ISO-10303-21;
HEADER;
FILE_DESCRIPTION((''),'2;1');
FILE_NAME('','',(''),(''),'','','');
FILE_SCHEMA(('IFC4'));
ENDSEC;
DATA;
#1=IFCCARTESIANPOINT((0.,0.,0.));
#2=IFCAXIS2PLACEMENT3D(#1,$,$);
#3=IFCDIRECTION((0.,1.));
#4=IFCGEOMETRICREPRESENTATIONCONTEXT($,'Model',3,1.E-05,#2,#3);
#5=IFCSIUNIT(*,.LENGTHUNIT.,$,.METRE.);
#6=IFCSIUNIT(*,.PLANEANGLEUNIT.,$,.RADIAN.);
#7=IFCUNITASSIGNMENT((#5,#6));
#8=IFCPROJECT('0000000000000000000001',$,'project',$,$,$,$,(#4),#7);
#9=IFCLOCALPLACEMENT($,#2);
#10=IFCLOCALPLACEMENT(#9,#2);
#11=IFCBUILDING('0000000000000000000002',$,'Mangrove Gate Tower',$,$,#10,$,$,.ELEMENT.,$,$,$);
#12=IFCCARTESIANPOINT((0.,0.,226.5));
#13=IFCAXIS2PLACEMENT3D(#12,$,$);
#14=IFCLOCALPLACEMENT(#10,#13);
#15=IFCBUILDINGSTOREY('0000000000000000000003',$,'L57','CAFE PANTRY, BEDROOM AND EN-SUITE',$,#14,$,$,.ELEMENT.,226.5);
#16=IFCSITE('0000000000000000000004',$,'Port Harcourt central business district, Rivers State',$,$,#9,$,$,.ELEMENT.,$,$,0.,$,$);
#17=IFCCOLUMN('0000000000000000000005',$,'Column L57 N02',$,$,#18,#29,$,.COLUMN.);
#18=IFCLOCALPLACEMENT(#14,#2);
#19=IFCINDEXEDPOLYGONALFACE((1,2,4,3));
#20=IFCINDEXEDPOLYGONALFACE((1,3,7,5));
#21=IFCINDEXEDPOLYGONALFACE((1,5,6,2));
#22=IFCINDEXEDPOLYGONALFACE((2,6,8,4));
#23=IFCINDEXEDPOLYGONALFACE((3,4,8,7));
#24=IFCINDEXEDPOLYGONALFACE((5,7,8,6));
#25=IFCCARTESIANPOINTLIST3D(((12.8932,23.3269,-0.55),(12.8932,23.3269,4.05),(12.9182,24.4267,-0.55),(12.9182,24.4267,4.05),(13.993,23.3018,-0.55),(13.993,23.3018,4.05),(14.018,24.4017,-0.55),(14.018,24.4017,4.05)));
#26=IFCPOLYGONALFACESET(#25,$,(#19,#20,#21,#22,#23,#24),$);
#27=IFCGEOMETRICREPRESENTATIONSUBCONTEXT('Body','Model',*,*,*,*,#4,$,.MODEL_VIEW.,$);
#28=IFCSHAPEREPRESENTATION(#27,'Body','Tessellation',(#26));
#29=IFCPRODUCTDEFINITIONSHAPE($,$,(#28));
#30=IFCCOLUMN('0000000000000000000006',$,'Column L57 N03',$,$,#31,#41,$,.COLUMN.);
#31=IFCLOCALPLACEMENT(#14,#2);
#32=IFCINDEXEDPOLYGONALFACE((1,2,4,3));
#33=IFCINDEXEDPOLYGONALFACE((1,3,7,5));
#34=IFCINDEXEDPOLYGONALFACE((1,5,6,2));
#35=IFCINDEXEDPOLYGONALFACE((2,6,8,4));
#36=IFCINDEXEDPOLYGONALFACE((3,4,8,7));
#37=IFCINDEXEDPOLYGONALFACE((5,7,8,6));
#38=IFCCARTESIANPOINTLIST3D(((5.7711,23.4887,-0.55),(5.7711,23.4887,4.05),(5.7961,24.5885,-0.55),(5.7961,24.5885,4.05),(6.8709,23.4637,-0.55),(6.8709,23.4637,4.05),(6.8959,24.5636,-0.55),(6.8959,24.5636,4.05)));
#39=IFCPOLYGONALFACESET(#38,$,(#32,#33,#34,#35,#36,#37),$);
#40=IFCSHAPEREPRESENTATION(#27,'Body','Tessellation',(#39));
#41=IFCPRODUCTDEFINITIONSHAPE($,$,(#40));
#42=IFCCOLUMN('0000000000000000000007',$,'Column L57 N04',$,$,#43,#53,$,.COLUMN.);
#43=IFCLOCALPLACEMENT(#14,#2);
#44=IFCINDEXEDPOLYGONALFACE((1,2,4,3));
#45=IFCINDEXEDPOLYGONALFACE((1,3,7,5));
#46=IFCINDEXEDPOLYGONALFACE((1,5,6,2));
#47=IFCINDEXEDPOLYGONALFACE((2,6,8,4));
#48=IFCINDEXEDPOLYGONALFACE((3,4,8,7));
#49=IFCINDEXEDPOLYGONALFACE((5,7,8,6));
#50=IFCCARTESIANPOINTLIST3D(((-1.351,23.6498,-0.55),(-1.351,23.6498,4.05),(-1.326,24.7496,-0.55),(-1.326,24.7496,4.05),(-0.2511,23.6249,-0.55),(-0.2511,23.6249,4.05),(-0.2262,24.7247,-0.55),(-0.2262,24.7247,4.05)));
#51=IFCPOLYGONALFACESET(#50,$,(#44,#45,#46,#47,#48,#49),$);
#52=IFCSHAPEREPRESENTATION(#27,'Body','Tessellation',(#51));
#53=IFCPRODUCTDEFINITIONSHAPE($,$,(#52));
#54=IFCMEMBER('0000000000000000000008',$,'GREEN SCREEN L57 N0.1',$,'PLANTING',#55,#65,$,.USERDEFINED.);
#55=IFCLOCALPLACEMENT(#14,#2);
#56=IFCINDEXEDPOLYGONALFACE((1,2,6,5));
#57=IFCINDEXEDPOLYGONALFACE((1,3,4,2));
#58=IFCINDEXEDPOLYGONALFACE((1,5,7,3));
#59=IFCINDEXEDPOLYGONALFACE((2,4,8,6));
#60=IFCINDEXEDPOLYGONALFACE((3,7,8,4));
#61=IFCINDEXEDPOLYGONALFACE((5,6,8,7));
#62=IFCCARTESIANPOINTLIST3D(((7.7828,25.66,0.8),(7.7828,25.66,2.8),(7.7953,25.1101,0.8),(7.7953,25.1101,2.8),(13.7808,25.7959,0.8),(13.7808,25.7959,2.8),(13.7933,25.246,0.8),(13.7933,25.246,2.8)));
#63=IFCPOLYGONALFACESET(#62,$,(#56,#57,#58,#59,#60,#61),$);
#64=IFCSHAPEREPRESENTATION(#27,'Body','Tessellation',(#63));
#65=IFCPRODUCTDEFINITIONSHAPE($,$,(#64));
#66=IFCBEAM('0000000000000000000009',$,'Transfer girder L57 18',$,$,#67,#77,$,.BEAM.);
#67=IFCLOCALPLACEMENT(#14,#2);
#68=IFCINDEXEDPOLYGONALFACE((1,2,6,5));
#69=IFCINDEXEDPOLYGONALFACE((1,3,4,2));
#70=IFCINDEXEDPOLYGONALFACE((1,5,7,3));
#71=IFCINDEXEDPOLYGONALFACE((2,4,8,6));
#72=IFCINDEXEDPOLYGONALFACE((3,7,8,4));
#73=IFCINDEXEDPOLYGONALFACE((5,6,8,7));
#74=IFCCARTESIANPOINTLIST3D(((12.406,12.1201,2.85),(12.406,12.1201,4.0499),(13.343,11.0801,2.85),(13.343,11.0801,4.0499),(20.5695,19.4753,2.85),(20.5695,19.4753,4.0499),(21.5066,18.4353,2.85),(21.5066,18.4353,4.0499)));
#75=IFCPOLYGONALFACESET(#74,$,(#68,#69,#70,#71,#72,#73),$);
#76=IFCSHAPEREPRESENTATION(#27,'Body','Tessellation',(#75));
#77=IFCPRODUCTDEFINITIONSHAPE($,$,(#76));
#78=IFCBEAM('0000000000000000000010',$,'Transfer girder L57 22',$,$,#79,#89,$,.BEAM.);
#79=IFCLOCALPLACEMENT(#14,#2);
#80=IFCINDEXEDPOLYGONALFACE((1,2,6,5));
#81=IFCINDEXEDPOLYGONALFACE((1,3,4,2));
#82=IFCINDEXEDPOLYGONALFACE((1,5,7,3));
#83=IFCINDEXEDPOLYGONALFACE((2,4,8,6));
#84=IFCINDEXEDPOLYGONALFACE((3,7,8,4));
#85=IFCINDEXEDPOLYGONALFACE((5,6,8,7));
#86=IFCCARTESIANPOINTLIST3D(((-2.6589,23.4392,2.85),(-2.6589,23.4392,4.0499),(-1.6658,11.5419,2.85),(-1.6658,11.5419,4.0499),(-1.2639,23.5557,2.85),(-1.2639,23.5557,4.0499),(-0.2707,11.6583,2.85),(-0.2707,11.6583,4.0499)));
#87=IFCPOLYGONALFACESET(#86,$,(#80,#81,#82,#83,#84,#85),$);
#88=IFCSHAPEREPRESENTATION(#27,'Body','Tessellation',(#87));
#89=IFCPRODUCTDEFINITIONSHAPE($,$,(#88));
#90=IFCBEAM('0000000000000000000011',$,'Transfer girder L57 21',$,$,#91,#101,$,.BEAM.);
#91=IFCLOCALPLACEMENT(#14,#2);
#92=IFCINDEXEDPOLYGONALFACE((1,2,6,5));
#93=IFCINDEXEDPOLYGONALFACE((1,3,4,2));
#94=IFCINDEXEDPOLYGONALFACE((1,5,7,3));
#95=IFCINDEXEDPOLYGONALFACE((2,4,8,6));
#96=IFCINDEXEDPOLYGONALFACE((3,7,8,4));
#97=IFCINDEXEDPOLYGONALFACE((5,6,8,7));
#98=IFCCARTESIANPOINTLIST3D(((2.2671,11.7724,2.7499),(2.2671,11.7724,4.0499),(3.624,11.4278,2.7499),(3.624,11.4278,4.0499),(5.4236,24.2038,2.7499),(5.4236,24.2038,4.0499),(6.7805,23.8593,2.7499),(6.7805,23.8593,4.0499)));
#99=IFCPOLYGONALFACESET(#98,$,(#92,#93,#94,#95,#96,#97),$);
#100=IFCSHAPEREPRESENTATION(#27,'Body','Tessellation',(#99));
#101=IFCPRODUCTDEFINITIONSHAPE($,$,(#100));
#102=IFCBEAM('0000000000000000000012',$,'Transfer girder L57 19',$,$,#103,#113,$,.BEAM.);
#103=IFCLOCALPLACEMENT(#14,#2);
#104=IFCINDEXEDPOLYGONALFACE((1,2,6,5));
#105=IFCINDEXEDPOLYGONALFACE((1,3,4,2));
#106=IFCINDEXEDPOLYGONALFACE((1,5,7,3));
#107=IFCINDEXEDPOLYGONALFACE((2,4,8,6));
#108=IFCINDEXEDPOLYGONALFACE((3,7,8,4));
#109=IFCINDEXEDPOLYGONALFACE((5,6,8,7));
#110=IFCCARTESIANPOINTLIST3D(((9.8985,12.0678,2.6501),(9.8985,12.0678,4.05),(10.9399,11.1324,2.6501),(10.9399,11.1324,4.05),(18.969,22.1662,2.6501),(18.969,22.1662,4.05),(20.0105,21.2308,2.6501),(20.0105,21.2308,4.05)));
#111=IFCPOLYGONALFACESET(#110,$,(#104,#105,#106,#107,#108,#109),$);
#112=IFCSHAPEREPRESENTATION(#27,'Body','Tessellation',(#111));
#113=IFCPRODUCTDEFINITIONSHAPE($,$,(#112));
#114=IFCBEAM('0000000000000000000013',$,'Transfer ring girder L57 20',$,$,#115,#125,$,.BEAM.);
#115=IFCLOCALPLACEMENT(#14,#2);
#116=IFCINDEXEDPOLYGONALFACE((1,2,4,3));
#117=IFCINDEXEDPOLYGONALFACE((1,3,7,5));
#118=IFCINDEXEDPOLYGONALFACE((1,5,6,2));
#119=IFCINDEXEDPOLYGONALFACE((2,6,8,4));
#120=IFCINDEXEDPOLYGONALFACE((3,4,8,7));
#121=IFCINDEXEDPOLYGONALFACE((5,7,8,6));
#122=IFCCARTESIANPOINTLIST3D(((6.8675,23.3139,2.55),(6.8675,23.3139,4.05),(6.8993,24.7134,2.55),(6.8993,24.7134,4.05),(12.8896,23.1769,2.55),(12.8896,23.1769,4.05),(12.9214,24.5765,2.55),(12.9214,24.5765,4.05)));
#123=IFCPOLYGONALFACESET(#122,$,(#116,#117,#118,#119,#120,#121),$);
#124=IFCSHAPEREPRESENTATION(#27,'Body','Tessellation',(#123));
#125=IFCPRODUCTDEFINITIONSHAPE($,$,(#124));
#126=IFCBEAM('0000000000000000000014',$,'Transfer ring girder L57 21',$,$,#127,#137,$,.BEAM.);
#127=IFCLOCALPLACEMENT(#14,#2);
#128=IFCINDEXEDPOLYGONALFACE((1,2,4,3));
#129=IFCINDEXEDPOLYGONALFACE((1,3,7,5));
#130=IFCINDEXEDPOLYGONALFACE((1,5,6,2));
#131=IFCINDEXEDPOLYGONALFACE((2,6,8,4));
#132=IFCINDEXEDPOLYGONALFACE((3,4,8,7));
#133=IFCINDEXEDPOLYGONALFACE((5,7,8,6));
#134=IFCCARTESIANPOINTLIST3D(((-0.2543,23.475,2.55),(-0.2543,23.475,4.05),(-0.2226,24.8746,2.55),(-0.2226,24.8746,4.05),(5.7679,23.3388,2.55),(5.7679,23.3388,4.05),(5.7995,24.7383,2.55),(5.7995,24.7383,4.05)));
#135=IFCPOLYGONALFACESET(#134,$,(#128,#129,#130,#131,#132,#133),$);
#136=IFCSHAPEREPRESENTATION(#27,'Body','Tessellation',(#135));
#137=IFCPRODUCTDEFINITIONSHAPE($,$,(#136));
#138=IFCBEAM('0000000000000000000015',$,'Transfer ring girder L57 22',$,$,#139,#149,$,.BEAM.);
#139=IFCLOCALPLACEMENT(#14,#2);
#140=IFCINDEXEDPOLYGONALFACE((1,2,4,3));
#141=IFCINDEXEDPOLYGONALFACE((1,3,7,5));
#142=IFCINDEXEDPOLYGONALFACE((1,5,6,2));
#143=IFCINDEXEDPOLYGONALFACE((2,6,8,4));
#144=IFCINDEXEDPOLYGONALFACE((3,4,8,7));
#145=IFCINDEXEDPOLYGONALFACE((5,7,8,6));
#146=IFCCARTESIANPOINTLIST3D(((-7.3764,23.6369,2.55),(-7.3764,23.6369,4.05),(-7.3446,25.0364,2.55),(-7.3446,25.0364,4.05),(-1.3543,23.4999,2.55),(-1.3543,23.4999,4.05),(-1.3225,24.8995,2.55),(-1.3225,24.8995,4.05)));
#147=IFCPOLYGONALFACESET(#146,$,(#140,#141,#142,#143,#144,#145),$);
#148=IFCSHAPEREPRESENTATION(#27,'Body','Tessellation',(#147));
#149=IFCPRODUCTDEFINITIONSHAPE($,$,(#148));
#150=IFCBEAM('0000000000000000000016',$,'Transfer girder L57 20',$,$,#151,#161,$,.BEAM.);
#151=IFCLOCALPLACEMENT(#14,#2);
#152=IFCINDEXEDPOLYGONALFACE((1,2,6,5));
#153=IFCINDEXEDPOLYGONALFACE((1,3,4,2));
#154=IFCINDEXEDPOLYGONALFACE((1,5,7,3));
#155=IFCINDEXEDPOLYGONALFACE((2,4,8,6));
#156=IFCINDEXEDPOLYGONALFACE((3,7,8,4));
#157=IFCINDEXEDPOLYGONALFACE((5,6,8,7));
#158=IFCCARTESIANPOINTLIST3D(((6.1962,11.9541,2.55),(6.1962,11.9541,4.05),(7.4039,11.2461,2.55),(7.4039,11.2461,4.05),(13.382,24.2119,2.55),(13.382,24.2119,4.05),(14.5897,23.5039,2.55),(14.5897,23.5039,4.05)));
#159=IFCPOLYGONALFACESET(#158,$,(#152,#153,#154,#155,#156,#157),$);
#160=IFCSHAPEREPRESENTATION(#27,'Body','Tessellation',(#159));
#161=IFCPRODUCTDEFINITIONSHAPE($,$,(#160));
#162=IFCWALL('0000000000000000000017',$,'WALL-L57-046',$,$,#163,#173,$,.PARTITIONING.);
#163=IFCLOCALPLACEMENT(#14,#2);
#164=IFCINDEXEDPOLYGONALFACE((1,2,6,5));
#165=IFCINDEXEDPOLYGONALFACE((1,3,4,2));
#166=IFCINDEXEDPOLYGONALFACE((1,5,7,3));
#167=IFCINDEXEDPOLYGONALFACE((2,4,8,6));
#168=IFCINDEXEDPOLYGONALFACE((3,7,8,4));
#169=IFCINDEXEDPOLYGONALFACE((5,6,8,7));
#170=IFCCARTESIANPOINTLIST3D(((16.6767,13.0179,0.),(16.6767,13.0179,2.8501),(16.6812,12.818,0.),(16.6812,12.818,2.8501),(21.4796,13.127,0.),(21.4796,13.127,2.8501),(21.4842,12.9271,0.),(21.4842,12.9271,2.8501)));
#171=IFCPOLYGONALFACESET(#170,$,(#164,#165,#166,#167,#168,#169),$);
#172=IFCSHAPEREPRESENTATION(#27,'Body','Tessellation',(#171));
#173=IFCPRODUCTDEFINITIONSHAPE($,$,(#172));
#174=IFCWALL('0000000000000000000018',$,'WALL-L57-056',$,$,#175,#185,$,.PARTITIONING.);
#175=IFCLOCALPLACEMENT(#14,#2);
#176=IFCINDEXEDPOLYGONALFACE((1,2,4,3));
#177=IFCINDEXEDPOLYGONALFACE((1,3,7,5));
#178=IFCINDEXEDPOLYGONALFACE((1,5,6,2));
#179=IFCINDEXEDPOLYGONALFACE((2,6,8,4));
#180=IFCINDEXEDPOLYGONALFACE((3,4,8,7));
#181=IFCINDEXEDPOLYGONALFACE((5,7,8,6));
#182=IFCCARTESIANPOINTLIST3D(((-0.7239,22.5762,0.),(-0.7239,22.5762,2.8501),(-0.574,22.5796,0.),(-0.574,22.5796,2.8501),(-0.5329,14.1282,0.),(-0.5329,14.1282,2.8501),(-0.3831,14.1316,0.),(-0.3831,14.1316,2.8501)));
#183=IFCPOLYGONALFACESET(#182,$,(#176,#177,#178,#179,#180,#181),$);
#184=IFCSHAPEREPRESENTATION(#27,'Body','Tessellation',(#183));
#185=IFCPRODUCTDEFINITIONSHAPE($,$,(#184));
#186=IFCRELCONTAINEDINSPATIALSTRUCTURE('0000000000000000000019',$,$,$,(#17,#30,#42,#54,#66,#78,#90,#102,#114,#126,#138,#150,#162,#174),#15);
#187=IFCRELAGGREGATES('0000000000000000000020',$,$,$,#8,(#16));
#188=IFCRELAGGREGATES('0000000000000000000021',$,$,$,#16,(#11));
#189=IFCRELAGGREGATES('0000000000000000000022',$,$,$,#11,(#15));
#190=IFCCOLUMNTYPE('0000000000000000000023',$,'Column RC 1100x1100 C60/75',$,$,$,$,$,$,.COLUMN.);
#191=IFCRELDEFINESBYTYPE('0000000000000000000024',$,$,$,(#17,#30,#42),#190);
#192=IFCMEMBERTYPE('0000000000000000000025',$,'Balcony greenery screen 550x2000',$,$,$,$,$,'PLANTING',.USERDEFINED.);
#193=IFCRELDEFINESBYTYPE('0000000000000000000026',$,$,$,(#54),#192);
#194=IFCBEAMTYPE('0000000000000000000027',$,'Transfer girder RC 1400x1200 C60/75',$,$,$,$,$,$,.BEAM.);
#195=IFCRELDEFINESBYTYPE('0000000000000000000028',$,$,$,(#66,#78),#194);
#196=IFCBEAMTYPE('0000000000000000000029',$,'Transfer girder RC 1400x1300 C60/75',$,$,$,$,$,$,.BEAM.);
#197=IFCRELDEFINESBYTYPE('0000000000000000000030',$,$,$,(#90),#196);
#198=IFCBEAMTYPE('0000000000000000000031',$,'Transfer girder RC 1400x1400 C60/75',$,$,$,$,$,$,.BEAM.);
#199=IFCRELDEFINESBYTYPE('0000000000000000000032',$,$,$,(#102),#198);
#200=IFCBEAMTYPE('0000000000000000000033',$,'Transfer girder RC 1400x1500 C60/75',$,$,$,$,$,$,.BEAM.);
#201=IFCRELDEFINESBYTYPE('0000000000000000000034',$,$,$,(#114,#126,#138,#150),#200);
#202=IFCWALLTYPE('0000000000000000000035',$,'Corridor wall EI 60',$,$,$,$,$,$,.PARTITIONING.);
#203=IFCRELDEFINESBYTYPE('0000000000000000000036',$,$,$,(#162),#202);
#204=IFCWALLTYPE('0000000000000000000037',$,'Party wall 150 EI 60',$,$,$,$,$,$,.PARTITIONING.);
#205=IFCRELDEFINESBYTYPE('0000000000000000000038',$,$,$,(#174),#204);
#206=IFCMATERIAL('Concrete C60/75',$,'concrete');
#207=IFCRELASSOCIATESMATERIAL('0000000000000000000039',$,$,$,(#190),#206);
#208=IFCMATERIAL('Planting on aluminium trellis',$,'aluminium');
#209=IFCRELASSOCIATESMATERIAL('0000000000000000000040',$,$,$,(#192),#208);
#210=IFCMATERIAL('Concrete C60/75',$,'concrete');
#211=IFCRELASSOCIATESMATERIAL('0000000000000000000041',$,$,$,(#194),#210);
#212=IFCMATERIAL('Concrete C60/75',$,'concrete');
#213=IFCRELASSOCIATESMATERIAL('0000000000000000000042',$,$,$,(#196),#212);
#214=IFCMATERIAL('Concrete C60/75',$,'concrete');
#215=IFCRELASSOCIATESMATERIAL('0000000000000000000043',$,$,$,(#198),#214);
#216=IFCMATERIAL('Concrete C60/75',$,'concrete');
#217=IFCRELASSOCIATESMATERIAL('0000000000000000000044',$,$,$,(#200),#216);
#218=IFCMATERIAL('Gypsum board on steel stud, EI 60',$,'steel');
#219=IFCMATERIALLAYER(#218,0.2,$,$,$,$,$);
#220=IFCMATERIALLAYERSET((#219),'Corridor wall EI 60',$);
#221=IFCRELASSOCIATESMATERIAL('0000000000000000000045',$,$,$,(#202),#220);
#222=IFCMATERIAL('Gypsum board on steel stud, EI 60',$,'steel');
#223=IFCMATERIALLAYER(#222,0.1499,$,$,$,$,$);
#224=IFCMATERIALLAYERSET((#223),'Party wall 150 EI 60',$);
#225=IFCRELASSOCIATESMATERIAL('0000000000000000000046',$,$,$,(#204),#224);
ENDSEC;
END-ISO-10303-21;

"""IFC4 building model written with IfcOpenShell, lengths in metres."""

from ifc_helpers import new_model, si_unit, direction, frame, frame_2d, origin, origin_2d, place, context, subcontext, project, spatial, rectangle, extrude, material, layer, layer_set, material_profile, profile_set, type_object, element, save


model = new_model("IFC4")

# Units and contexts
model_context = context("Model", 3, precision=1e-05, world=origin(), true_north=direction((0.0, 1.0)))
body_context = subcontext(model_context, "Body", "Model", "MODEL_VIEW")
ifc_project = project(units=[si_unit("LENGTHUNIT", "METRE"), si_unit("PLANEANGLEUNIT", "RADIAN")], contexts=[model_context])

# Site, building, storey
site_placement = place(None, origin())
site = spatial("IfcSite", under=ifc_project, at=site_placement, Name="Port Harcourt central business district, Rivers State", CompositionType="ELEMENT", RefElevation=0.0)
building_placement = place(site_placement, origin())
building = spatial("IfcBuilding", under=site, at=building_placement, Name="Mangrove Gate Tower", CompositionType="ELEMENT")
storey_placement = place(building_placement, frame((0.0, 0.0, 226.5)))
storey = spatial("IfcBuildingStorey", under=building, at=storey_placement, Name="L57", Description="CAFE PANTRY, BEDROOM AND EN-SUITE", CompositionType="ELEMENT", Elevation=226.5)

# Columns
ifc_material_1 = material(Name="Concrete C60/75", Category="concrete")
ifc_material_profile_1 = material_profile(ifc_material_1, rectangle(XDim=1.1001, YDim=1.1001, at=origin_2d()))
ifc_profile_set_1 = profile_set([ifc_material_profile_1], Name="Concrete C60/75")
column_type = type_object("IfcColumnType", Name="Column RC 1100x1100 C60/75", PredefinedType="COLUMN", material=ifc_profile_set_1)
for number, where, z_axis, x_axis, name in (
    (1, (13.4556, 23.8643, -0.55), (0.0, 0.0, 1.0), (-0.999741, 0.022741, 0.0), "Column L57 N02"),
    (2, (6.3335, 24.0261, -0.55), (0.0, 0.0, 1.0), (-0.999743, 0.02267, 0.0), "Column L57 N03"),
    (3, (-0.7886, 24.1873, -0.55), (0.0, 0.0, 1.0), (-0.999743, 0.02267, 0.0), "Column L57 N04"),
):
    element("IfcColumn", number, at=place(storey_placement, frame(where, z_axis=z_axis, x_axis=x_axis)), inside=storey, type_object=column_type, Name=name, PredefinedType="COLUMN", context=body_context, shape_type="SweptSolid", body=[
        extrude(rectangle(XDim=1.1001, YDim=1.1001, at=origin_2d()), origin(), (0.0, 0.0, 1.0), 4.6001),
    ])

# Member
ifc_material_2 = material(Name="Planting on aluminium trellis", Category="aluminium")
ifc_material_profile_2 = material_profile(ifc_material_2, rectangle(XDim=0.55, YDim=2.0, at=origin_2d()))
ifc_profile_set_2 = profile_set([ifc_material_profile_2], Name="Planting on aluminium trellis")
member_type = type_object("IfcMemberType", Name="Balcony greenery screen 550x2000", ElementType="PLANTING", PredefinedType="USERDEFINED", material=ifc_profile_set_2)
member_placement = place(storey_placement, frame((7.7891, 25.385, 1.8), z_axis=(0.999743, 0.022666, 0.0), x_axis=(-0.022666, 0.999743, 0.0)))
element("IfcMember", 4, at=member_placement, inside=storey, type_object=member_type, Name="GREEN SCREEN L57 N0.1", ObjectType="PLANTING", PredefinedType="USERDEFINED", context=body_context, shape_type="SweptSolid", body=[
    extrude(rectangle(XDim=0.55, YDim=2.0, at=origin_2d()), origin(), (0.0, 0.0, 1.0), 5.9995),
])

# Beams
ifc_material_3 = material(Name="Concrete C60/75", Category="concrete")
ifc_material_profile_3 = material_profile(ifc_material_3, rectangle(XDim=1.3999, YDim=1.2, at=origin_2d()))
ifc_profile_set_3 = profile_set([ifc_material_profile_3], Name="Concrete C60/75")
beam_type_1 = type_object("IfcBeamType", Name="Transfer girder RC 1400x1200 C60/75", PredefinedType="BEAM", material=ifc_profile_set_3)
beam_1_placement = place(storey_placement, frame((12.8745, 11.6001, 3.45), z_axis=(0.742932, 0.669367, 0.0), x_axis=(-0.669367, 0.742932, 0.0)))
element("IfcBeam", 5, at=beam_1_placement, inside=storey, type_object=beam_type_1, Name="Transfer girder L57 18", PredefinedType="BEAM", context=body_context, shape_type="SweptSolid", body=[
    extrude(rectangle(XDim=1.3999, YDim=1.2, at=origin_2d()), origin(), (0.0, 0.0, 1.0), 10.9883),
])
beam_2_placement = place(storey_placement, frame((-0.9683, 11.6001, 3.45), z_axis=(-0.083188, 0.996534, 0.0), x_axis=(-0.996534, -0.083188, 0.0)))
element("IfcBeam", 6, at=beam_2_placement, inside=storey, type_object=beam_type_1, Name="Transfer girder L57 22", PredefinedType="BEAM", context=body_context, shape_type="SweptSolid", body=[
    extrude(rectangle(XDim=1.3999, YDim=1.2, at=origin_2d()), origin(), (0.0, 0.0, 1.0), 11.9387),
])
ifc_material_4 = material(Name="Concrete C60/75", Category="concrete")
ifc_material_profile_4 = material_profile(ifc_material_4, rectangle(XDim=1.3999, YDim=1.3, at=origin_2d()))
ifc_profile_set_4 = profile_set([ifc_material_profile_4], Name="Concrete C60/75")
beam_type_2 = type_object("IfcBeamType", Name="Transfer girder RC 1400x1300 C60/75", PredefinedType="BEAM", material=ifc_profile_set_4)
beam_3_placement = place(storey_placement, frame((2.9456, 11.6001, 3.3999), z_axis=(0.246104, 0.969244, 0.0), x_axis=(-0.969244, 0.246104, 0.0)))
element("IfcBeam", 7, at=beam_3_placement, inside=storey, type_object=beam_type_2, Name="Transfer girder L57 21", PredefinedType="BEAM", context=body_context, shape_type="SweptSolid", body=[
    extrude(rectangle(XDim=1.3999, YDim=1.3, at=origin_2d()), origin(), (0.0, 0.0, 1.0), 12.8259),
])
ifc_material_5 = material(Name="Concrete C60/75", Category="concrete")
ifc_material_profile_5 = material_profile(ifc_material_5, rectangle(XDim=1.3999, YDim=1.3999, at=origin_2d()))
ifc_profile_set_5 = profile_set([ifc_material_profile_5], Name="Concrete C60/75")
beam_type_3 = type_object("IfcBeamType", Name="Transfer girder RC 1400x1400 C60/75", PredefinedType="BEAM", material=ifc_profile_set_5)
beam_4_placement = place(storey_placement, frame((10.4192, 11.6001, 3.3501), z_axis=(0.668232, 0.743953, 0.0), x_axis=(-0.743953, 0.668232, 0.0)))
element("IfcBeam", 8, at=beam_4_placement, inside=storey, type_object=beam_type_3, Name="Transfer girder L57 19", PredefinedType="BEAM", context=body_context, shape_type="SweptSolid", body=[
    extrude(rectangle(XDim=1.3999, YDim=1.3999, at=origin_2d()), origin(), (0.0, 0.0, 1.0), 13.574),
])
ifc_material_6 = material(Name="Concrete C60/75", Category="concrete")
ifc_material_profile_6 = material_profile(ifc_material_6, rectangle(XDim=1.3999, YDim=1.5, at=origin_2d()))
ifc_profile_set_6 = profile_set([ifc_material_profile_6], Name="Concrete C60/75")
beam_type_4 = type_object("IfcBeamType", Name="Transfer girder RC 1400x1500 C60/75", PredefinedType="BEAM", material=ifc_profile_set_6)
for number, where, z_axis, x_axis, name in (
    (9, (12.9055, 23.8767, 3.3), (-0.999741, 0.022737, 0.0), (-0.022737, -0.999741, 0.0), "Transfer ring girder L57 20"),
    (10, (5.7837, 24.0386, 3.3), (-0.999744, 0.022616, 0.0), (-0.022616, -0.999744, 0.0), "Transfer ring girder L57 21"),
    (11, (-1.3384, 24.1997, 3.3), (-0.999741, 0.022737, 0.0), (-0.022737, -0.999741, 0.0), "Transfer ring girder L57 22"),
):
    element("IfcBeam", number, at=place(storey_placement, frame(where, z_axis=z_axis, x_axis=x_axis)), inside=storey, type_object=beam_type_4, Name=name, PredefinedType="BEAM", context=body_context, shape_type="SweptSolid", body=[
        extrude(rectangle(XDim=1.3999, YDim=1.5, at=origin_2d()), origin(), (0.0, 0.0, 1.0), 6.0237),
    ])
beam_5_placement = place(storey_placement, frame((6.8, 11.6001, 3.3), z_axis=(0.505729, 0.862693, 0.0), x_axis=(-0.862693, 0.505729, 0.0)))
element("IfcBeam", 12, at=beam_5_placement, inside=storey, type_object=beam_type_4, Name="Transfer girder L57 20", PredefinedType="BEAM", context=body_context, shape_type="SweptSolid", body=[
    extrude(rectangle(XDim=1.3999, YDim=1.5, at=origin_2d()), origin(), (0.0, 0.0, 1.0), 14.2087),
])

# Walls
ifc_material_7 = material(Name="Gypsum board on steel stud, EI 60", Category="steel")
ifc_layer_1 = layer(ifc_material_7, 0.2)
ifc_layer_set_1 = layer_set([ifc_layer_1], Name="Corridor wall EI 60")
wall_type_1 = type_object("IfcWallType", Name="Corridor wall EI 60", PredefinedType="PARTITIONING", material=ifc_layer_set_1)
wall_1_placement = place(storey_placement, frame((16.679, 12.918, 0.0), z_axis=(0.0, 0.0, 1.0), x_axis=(0.999742, 0.022716, 0.0)))
element("IfcWall", 13, at=wall_1_placement, inside=storey, type_object=wall_type_1, Name="WALL-L57-046", PredefinedType="PARTITIONING", context=body_context, shape_type="SweptSolid", body=[
    extrude(rectangle(XDim=4.8042, YDim=0.2, at=frame_2d((2.4021, 0.0))), origin(), (0.0, 0.0, 1.0), 2.8501),
])
ifc_material_8 = material(Name="Gypsum board on steel stud, EI 60", Category="steel")
ifc_layer_2 = layer(ifc_material_8, 0.1499)
ifc_layer_set_2 = layer_set([ifc_layer_2], Name="Party wall 150 EI 60")
wall_type_2 = type_object("IfcWallType", Name="Party wall 150 EI 60", PredefinedType="PARTITIONING", material=ifc_layer_set_2)
wall_2_placement = place(storey_placement, frame((-0.458, 14.1299, 0.0), z_axis=(0.0, 0.0, 1.0), x_axis=(-0.022593, 0.999745, 0.0)))
element("IfcWall", 14, at=wall_2_placement, inside=storey, type_object=wall_type_2, Name="WALL-L57-056", PredefinedType="PARTITIONING", context=body_context, shape_type="SweptSolid", body=[
    extrude(rectangle(XDim=8.4502, YDim=0.1499, at=frame_2d((4.2251, 0.0))), origin(), (0.0, 0.0, 1.0), 2.8501),
])

save(model, "model.ifc")
